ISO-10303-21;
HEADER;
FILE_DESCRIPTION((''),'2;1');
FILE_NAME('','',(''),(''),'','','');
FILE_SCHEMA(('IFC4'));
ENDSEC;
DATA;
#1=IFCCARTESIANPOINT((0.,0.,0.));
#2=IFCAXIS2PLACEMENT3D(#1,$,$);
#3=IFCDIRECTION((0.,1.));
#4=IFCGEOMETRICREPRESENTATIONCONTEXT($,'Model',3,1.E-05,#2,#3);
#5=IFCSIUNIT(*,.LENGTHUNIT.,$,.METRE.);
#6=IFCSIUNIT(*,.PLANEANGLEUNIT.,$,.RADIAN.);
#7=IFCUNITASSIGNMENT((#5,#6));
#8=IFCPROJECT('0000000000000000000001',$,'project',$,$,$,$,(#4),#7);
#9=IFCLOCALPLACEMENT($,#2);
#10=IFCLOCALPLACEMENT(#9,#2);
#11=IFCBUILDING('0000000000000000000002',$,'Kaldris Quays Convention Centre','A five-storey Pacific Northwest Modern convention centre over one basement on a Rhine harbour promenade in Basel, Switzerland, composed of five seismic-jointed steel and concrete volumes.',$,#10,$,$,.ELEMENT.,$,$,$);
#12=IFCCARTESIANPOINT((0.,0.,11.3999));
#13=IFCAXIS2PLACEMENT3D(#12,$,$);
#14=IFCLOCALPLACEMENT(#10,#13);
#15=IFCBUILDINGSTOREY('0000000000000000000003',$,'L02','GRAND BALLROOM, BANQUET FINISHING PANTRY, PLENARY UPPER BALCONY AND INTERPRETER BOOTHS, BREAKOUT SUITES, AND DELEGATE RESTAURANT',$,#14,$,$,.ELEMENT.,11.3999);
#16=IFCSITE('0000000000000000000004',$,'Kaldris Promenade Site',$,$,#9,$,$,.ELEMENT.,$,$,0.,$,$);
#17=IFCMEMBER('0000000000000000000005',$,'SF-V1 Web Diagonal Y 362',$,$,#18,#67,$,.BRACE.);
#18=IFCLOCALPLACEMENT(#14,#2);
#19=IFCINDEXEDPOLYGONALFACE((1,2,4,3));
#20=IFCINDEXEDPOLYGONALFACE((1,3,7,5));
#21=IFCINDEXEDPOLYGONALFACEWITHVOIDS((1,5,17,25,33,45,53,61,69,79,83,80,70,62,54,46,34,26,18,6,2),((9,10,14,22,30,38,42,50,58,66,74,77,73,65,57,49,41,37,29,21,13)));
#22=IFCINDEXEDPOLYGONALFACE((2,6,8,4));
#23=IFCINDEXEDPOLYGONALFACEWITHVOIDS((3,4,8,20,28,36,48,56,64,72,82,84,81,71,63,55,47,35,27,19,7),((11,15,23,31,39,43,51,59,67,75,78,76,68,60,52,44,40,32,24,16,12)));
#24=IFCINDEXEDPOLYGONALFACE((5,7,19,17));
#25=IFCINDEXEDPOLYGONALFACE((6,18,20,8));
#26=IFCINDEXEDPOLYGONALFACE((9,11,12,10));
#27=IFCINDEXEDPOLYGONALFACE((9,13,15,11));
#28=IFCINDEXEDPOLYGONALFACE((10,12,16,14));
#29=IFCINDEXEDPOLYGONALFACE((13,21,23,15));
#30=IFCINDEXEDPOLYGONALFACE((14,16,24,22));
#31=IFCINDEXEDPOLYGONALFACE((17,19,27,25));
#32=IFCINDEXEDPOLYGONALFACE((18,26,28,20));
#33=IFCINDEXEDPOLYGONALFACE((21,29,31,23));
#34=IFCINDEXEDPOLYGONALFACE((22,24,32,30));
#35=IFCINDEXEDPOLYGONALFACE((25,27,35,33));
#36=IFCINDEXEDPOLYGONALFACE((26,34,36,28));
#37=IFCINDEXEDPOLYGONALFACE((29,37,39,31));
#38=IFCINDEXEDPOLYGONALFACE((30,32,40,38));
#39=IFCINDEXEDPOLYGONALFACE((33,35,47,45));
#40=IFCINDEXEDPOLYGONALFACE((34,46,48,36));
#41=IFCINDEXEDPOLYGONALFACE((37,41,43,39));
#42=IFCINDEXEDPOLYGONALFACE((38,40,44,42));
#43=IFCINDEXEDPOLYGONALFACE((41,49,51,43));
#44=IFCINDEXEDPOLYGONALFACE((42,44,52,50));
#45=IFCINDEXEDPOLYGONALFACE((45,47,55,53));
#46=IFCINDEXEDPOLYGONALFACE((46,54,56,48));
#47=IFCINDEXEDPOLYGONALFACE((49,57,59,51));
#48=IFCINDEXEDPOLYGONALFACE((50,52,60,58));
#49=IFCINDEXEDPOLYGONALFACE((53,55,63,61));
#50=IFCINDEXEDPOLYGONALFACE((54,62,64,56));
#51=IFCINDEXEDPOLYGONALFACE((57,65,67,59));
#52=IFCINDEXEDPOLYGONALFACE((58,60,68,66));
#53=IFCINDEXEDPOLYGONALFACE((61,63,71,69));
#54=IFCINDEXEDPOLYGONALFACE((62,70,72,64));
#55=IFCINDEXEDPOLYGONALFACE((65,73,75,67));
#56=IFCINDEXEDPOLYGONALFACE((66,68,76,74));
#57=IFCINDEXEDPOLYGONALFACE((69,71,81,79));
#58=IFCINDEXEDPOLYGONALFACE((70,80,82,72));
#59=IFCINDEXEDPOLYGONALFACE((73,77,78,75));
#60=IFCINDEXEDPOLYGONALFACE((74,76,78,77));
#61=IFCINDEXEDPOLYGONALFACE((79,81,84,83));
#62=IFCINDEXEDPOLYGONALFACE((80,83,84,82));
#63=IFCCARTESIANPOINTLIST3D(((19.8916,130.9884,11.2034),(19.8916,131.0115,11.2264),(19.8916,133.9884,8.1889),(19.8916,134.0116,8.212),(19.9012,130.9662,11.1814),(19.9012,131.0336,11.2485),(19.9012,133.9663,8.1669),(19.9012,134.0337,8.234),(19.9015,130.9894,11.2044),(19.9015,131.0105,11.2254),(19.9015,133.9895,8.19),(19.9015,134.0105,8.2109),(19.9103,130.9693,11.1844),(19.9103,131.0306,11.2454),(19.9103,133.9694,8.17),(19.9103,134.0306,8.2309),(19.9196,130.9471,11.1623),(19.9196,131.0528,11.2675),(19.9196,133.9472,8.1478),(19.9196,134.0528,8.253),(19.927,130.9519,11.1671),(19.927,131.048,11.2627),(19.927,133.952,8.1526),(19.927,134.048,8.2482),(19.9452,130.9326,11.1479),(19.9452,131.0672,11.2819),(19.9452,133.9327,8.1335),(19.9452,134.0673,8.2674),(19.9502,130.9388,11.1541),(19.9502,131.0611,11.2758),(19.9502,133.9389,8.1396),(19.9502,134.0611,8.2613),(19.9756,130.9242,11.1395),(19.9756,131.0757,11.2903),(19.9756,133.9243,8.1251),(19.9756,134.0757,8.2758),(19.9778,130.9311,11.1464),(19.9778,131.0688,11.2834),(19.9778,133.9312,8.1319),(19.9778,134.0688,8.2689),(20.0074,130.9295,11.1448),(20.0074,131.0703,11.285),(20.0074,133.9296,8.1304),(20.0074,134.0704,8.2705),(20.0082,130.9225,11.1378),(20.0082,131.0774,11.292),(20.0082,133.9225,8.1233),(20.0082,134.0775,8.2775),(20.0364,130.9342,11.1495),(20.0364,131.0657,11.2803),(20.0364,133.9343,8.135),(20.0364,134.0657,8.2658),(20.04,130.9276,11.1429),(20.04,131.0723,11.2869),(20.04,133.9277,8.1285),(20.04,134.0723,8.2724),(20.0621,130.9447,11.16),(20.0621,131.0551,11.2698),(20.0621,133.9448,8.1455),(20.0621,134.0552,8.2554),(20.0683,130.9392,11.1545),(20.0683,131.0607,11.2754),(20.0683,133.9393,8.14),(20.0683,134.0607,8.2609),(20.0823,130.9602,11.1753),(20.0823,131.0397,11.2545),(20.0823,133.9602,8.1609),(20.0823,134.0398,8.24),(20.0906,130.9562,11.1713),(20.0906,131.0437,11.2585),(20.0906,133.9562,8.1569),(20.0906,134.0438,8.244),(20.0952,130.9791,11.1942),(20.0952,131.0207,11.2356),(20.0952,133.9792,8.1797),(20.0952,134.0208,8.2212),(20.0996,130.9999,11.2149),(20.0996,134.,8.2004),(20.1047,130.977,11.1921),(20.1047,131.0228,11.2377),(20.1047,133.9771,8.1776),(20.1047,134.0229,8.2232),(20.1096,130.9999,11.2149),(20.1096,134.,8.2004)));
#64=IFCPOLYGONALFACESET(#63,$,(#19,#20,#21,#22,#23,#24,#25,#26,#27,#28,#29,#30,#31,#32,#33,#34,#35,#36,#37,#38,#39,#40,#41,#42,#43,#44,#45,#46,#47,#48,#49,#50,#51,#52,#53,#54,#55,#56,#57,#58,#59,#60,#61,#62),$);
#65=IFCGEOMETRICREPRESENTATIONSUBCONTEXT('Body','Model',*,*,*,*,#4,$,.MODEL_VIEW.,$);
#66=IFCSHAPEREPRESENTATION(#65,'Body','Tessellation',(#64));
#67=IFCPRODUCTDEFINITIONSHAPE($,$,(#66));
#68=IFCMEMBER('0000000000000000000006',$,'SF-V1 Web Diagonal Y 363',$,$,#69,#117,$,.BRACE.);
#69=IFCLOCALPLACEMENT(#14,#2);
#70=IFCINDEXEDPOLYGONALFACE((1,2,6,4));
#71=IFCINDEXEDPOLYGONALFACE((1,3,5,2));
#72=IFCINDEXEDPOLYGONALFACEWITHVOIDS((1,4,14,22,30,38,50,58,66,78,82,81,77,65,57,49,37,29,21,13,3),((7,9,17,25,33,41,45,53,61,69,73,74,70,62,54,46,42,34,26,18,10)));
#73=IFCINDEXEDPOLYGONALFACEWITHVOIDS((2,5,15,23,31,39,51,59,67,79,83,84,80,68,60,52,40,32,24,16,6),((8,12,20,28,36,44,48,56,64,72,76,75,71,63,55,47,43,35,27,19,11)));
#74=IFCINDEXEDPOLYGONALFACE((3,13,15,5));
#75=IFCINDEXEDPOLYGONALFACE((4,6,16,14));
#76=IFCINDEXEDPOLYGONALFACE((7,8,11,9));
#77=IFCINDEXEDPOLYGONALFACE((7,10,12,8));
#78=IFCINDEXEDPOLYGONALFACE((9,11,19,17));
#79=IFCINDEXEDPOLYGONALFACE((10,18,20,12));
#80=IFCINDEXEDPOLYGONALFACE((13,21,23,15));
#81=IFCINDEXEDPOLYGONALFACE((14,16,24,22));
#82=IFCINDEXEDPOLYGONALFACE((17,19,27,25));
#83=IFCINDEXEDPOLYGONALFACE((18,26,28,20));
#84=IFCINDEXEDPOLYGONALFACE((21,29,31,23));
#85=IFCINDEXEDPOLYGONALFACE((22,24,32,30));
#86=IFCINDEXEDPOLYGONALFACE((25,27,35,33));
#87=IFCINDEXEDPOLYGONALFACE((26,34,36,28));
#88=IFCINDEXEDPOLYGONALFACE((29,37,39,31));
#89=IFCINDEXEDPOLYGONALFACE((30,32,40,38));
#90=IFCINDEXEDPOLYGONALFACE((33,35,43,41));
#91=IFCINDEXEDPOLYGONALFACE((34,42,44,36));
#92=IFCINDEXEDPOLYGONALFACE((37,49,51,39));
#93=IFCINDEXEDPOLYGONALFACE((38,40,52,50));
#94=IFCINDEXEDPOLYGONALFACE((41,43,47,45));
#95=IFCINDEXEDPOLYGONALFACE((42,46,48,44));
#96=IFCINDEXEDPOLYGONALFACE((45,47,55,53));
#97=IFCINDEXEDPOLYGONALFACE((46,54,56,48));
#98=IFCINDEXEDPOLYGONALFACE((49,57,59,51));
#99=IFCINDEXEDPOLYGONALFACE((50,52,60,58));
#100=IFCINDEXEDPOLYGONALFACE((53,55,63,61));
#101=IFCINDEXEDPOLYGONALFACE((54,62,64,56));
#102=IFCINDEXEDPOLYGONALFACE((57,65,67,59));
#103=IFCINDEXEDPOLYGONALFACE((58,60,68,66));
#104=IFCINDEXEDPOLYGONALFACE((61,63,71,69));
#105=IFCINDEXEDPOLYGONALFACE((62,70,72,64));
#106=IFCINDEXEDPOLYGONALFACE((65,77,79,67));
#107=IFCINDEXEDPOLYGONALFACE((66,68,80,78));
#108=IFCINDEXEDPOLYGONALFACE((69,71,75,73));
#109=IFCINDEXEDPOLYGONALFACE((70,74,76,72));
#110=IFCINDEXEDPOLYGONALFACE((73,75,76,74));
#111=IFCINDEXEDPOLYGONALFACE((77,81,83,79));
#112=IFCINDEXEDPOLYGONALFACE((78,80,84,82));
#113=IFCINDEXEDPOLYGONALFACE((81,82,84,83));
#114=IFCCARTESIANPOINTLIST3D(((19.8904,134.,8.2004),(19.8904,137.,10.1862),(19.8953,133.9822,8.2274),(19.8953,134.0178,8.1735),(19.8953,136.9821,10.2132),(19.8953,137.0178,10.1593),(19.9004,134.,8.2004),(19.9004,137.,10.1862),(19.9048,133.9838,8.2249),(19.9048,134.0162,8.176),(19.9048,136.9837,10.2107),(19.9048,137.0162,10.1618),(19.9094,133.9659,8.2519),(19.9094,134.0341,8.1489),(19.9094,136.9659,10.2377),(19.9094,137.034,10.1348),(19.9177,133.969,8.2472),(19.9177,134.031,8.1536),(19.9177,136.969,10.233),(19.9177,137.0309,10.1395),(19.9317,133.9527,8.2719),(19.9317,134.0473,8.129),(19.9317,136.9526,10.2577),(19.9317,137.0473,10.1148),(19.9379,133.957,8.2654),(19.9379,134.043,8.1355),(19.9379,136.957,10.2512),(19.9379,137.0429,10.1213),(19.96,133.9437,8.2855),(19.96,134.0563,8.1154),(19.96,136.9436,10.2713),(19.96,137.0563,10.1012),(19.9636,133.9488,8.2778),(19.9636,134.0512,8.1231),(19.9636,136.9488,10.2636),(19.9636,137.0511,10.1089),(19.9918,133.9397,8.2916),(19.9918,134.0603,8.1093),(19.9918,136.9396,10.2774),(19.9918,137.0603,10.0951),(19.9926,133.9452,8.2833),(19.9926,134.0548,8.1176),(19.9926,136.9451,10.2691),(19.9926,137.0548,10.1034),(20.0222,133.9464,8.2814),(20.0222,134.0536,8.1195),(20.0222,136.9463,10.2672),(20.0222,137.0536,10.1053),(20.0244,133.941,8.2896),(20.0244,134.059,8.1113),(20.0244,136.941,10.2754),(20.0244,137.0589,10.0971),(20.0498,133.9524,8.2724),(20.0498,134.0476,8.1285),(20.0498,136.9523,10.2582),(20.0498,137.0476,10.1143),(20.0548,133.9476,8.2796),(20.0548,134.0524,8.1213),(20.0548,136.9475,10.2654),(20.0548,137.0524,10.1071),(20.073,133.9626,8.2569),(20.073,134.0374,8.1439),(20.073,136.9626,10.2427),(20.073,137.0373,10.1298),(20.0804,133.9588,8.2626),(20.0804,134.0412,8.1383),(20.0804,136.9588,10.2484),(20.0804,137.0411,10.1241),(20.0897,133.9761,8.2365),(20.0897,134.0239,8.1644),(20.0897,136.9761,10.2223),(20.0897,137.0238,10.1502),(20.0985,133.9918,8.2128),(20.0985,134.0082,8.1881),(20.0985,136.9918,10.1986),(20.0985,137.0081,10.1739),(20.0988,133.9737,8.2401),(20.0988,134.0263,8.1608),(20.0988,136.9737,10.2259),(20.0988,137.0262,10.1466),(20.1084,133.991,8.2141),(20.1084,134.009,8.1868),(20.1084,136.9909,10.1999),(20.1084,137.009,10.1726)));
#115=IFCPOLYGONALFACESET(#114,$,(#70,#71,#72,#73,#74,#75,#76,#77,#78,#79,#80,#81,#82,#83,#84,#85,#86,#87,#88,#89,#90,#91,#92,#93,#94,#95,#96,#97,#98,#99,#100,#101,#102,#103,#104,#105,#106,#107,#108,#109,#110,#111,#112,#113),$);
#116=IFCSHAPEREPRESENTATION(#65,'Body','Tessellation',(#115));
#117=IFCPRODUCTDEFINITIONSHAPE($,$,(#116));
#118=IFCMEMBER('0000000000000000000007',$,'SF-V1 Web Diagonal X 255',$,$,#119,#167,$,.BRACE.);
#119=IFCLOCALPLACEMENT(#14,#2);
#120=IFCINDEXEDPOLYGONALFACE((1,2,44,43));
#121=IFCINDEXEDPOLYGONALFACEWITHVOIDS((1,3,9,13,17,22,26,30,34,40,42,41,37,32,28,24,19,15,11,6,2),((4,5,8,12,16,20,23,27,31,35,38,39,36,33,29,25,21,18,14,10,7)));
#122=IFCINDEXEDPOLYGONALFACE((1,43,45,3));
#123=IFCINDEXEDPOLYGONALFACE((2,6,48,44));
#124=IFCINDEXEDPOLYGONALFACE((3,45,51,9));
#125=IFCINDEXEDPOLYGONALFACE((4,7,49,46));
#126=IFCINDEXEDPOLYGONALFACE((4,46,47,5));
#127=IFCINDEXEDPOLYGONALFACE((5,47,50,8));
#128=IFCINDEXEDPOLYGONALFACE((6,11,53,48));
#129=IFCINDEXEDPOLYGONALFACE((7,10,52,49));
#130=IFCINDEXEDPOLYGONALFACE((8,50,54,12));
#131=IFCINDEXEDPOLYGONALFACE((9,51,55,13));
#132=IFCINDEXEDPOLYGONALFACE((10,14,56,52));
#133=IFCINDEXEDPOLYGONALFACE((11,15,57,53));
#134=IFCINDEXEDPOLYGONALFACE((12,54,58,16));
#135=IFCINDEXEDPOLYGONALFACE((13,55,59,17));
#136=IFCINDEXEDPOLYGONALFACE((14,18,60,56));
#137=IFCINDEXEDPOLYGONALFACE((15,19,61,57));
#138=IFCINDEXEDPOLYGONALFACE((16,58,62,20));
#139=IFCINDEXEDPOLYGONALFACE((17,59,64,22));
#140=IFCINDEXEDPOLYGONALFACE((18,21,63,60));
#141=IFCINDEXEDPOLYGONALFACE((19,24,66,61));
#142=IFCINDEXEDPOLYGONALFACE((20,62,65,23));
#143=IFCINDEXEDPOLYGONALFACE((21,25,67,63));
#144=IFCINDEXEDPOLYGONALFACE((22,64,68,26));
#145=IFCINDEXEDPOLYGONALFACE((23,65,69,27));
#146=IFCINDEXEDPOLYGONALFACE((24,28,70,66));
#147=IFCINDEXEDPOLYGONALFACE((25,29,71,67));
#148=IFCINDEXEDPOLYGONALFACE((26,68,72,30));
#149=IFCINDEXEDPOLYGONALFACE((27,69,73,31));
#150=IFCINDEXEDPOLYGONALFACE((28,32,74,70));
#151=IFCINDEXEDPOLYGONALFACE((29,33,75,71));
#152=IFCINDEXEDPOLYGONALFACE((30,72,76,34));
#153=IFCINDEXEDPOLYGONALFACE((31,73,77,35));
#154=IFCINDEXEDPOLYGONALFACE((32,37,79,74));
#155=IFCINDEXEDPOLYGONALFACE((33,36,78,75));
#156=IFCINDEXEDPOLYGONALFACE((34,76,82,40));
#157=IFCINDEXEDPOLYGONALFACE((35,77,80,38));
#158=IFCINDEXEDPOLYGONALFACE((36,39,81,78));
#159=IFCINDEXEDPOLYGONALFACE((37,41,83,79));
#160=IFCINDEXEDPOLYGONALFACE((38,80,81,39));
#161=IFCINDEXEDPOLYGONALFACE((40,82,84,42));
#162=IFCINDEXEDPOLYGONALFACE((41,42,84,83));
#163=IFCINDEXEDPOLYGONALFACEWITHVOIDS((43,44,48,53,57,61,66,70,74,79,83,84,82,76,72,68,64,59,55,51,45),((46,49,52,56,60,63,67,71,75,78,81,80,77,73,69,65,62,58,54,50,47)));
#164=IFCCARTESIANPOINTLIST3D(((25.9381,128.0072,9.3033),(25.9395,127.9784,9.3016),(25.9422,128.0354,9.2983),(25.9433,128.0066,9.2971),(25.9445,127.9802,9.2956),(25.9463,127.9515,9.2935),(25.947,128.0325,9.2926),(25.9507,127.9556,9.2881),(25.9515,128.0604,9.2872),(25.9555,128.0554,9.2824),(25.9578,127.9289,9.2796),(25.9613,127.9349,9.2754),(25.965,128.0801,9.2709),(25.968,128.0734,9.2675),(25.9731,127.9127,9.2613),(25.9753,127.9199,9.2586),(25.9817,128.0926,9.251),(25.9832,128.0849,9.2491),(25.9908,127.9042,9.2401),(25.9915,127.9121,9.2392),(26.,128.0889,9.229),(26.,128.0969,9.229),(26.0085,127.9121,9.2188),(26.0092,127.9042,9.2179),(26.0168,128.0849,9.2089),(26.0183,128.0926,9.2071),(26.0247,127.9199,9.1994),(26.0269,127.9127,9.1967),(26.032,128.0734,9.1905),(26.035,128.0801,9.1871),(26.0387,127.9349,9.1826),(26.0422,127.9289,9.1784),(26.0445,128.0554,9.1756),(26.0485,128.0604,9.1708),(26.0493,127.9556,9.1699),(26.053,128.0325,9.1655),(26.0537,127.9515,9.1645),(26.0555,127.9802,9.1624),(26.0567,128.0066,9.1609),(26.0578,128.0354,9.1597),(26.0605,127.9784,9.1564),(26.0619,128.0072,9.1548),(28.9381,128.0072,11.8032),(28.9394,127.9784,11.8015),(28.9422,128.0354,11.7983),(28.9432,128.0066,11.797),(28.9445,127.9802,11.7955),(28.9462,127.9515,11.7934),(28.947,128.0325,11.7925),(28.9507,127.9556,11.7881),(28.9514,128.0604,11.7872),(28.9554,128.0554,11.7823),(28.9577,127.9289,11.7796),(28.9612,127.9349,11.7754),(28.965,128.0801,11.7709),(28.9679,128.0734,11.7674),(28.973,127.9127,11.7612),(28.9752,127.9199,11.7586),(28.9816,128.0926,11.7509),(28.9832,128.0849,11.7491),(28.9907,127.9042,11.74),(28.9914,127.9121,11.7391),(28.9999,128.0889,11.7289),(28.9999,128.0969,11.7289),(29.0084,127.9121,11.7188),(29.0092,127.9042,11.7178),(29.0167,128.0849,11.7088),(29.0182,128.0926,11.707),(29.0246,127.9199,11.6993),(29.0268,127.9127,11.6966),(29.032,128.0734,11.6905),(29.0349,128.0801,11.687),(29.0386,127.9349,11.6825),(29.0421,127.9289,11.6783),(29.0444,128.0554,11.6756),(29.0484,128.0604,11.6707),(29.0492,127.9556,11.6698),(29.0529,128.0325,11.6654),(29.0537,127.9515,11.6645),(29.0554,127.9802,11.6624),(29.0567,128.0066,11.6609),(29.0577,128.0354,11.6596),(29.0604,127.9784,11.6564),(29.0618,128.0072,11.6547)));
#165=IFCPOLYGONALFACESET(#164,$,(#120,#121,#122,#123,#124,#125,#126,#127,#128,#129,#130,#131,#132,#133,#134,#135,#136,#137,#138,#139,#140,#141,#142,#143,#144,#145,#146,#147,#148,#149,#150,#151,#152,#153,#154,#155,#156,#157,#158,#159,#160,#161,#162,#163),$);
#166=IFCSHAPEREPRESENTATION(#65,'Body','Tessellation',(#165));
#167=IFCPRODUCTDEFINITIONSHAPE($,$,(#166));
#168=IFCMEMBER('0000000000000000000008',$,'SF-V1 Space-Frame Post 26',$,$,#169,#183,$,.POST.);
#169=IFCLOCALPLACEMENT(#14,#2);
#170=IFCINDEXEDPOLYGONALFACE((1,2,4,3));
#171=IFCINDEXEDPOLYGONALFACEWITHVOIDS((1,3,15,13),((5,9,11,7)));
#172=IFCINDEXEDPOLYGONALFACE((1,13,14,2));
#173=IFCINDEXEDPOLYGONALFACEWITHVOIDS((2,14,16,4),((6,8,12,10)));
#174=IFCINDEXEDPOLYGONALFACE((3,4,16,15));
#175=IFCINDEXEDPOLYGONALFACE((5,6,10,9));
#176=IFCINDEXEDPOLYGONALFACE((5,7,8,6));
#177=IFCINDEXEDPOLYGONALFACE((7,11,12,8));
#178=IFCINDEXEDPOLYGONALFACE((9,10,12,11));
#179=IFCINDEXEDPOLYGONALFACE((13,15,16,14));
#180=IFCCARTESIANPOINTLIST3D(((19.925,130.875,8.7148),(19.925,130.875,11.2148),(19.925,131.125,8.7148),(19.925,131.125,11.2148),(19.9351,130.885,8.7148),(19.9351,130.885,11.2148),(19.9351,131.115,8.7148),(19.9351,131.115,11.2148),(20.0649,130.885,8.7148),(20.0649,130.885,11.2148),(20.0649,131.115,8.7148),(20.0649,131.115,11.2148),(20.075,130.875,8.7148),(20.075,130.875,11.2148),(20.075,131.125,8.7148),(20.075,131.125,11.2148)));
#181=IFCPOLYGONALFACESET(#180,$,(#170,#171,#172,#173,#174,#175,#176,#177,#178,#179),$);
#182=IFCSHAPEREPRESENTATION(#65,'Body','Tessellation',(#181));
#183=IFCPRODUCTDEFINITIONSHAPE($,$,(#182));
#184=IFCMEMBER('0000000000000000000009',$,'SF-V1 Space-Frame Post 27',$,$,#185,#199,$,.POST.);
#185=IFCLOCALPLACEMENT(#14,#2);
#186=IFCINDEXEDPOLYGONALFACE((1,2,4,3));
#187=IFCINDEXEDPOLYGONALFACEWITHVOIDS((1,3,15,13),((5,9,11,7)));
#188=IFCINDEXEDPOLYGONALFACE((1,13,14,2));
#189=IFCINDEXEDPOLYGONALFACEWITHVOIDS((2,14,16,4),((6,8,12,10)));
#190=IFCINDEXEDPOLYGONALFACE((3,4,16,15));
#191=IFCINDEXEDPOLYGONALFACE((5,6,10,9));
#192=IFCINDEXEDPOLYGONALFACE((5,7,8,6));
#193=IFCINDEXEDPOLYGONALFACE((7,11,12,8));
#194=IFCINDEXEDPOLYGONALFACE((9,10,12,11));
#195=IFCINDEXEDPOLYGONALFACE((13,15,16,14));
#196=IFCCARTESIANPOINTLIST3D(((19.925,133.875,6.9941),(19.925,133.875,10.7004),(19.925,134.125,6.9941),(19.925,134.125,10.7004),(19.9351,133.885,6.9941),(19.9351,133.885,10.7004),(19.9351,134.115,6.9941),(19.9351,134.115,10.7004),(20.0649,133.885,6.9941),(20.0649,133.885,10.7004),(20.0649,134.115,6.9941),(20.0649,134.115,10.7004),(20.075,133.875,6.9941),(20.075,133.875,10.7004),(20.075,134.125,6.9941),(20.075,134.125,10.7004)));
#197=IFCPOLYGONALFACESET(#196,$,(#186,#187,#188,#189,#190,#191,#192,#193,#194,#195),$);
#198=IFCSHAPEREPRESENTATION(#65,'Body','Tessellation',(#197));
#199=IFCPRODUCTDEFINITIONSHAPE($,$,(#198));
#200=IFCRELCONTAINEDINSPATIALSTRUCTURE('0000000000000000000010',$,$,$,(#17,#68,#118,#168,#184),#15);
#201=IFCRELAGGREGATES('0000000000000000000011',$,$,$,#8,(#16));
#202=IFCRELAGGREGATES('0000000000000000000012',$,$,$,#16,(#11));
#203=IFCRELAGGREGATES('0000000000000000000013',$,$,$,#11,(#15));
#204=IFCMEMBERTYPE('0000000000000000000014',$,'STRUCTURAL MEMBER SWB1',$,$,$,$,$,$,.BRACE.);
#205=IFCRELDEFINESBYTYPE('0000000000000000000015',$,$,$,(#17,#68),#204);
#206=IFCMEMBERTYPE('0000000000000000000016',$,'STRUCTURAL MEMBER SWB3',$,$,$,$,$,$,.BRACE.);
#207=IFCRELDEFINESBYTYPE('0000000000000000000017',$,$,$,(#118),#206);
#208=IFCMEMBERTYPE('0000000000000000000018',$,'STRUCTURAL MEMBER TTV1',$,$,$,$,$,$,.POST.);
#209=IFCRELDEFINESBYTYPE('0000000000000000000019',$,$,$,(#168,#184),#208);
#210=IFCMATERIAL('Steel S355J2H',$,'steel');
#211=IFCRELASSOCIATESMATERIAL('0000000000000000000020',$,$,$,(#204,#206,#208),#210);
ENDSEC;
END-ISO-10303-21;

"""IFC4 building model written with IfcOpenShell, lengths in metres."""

from ifc_helpers import new_model, si_unit, direction, frame, origin, origin_2d, place, context, subcontext, project, spatial, hollow_rectangle, hollow_circle, extrude, material, material_profile, profile_set, type_object, element, save


model = new_model("IFC4")

# Units and contexts
model_context = context("Model", 3, precision=1e-05, world=origin(), true_north=direction((0.0, 1.0)))
body_context = subcontext(model_context, "Body", "Model", "MODEL_VIEW")
ifc_project = project(units=[si_unit("LENGTHUNIT", "METRE"), si_unit("PLANEANGLEUNIT", "RADIAN")], contexts=[model_context])

# Site, building, storey
site_placement = place(None, origin())
site = spatial("IfcSite", under=ifc_project, at=site_placement, Name="Kaldris Promenade Site", CompositionType="ELEMENT", RefElevation=0.0)
building_placement = place(site_placement, origin())
building = spatial("IfcBuilding", under=site, at=building_placement, Name="Kaldris Quays Convention Centre", Description="A five-storey Pacific Northwest Modern convention centre over one basement on a Rhine harbour promenade in Basel, Switzerland, composed of five seismic-jointed steel and concrete volumes.", CompositionType="ELEMENT")
storey_placement = place(building_placement, frame((0.0, 0.0, 11.3999)))
storey = spatial("IfcBuildingStorey", under=building, at=storey_placement, Name="L02", Description="GRAND BALLROOM, BANQUET FINISHING PANTRY, PLENARY UPPER BALCONY AND INTERPRETER BOOTHS, BREAKOUT SUITES, AND DELEGATE RESTAURANT", CompositionType="ELEMENT", Elevation=11.3999)

# Members
ifc_material_1 = material(Name="Steel S355J2H", Category="steel")
ifc_material_profile_1 = material_profile(ifc_material_1, hollow_circle(Radius=0.1096, WallThickness=0.01, at=origin_2d()), Name="CHS 219.1x10")
ifc_profile_set_1 = profile_set([ifc_material_profile_1], Name="Steel S355J2H")
member_type_1 = type_object("IfcMemberType", Name="STRUCTURAL MEMBER SWB1", PredefinedType="BRACE", material=ifc_profile_set_1)
member_1_placement = place(storey_placement, frame((20.0, 134.0, 8.2004), z_axis=(0.0, -0.705411, 0.708798), x_axis=(1.0, 0.0, 0.0)))
element("IfcMember", 1, at=member_1_placement, inside=storey, type_object=member_type_1, Name="SF-V1 Web Diagonal Y 362", PredefinedType="BRACE", context=body_context, shape_type="SweptSolid", body=[
    extrude(hollow_circle(Radius=0.1096, WallThickness=0.01, at=origin_2d()), origin(), (0.0, 0.0, 1.0), 4.2529),
])
member_2_placement = place(storey_placement, frame((20.0, 134.0, 8.2004), z_axis=(0.0, 0.833862, 0.551972), x_axis=(-1.0, 0.0, 0.0)))
element("IfcMember", 2, at=member_2_placement, inside=storey, type_object=member_type_1, Name="SF-V1 Web Diagonal Y 363", PredefinedType="BRACE", context=body_context, shape_type="SweptSolid", body=[
    extrude(hollow_circle(Radius=0.1096, WallThickness=0.01, at=origin_2d()), origin(), (0.0, 0.0, 1.0), 3.5977),
])
ifc_material_profile_2 = material_profile(ifc_material_1, hollow_circle(Radius=0.0969, WallThickness=0.0081, at=origin_2d()), Name="CHS 193.7x8")
ifc_profile_set_2 = profile_set([ifc_material_profile_2], Name="Steel S355J2H")
member_type_2 = type_object("IfcMemberType", Name="STRUCTURAL MEMBER SWB3", PredefinedType="BRACE", material=ifc_profile_set_2)
member_3_placement = place(storey_placement, frame((26.0, 128.0, 9.229), z_axis=(0.768221, 0.0, 0.640184), x_axis=(0.0, 1.0, 0.0)))
element("IfcMember", 3, at=member_3_placement, inside=storey, type_object=member_type_2, Name="SF-V1 Web Diagonal X 255", PredefinedType="BRACE", context=body_context, shape_type="SweptSolid", body=[
    extrude(hollow_circle(Radius=0.0969, WallThickness=0.0081, at=origin_2d()), origin(), (0.0, 0.0, 1.0), 3.905),
])
ifc_material_profile_3 = material_profile(ifc_material_1, hollow_rectangle(XDim=0.1499, YDim=0.25, WallThickness=0.01, at=origin_2d()), Name="RHS 250x150x10")
ifc_profile_set_3 = profile_set([ifc_material_profile_3], Name="Steel S355J2H")
member_type_3 = type_object("IfcMemberType", Name="STRUCTURAL MEMBER TTV1", PredefinedType="POST", material=ifc_profile_set_3)
member_4_placement = place(storey_placement, frame((20.0, 131.0, 8.7148), z_axis=(0.0, 0.0, 1.0), x_axis=(1.0, 0.0, 0.0)))
element("IfcMember", 4, at=member_4_placement, inside=storey, type_object=member_type_3, Name="SF-V1 Space-Frame Post 26", PredefinedType="POST", context=body_context, shape_type="SweptSolid", body=[
    extrude(hollow_rectangle(XDim=0.1499, YDim=0.25, WallThickness=0.01, at=origin_2d()), origin(), (0.0, 0.0, 1.0), 2.5),
])
member_5_placement = place(storey_placement, frame((20.0, 134.0, 6.9941), z_axis=(0.0, 0.0, 1.0), x_axis=(1.0, 0.0, 0.0)))
element("IfcMember", 5, at=member_5_placement, inside=storey, type_object=member_type_3, Name="SF-V1 Space-Frame Post 27", PredefinedType="POST", context=body_context, shape_type="SweptSolid", body=[
    extrude(hollow_rectangle(XDim=0.1499, YDim=0.25, WallThickness=0.01, at=origin_2d()), origin(), (0.0, 0.0, 1.0), 3.7063),
])

save(model, "model.ifc")
